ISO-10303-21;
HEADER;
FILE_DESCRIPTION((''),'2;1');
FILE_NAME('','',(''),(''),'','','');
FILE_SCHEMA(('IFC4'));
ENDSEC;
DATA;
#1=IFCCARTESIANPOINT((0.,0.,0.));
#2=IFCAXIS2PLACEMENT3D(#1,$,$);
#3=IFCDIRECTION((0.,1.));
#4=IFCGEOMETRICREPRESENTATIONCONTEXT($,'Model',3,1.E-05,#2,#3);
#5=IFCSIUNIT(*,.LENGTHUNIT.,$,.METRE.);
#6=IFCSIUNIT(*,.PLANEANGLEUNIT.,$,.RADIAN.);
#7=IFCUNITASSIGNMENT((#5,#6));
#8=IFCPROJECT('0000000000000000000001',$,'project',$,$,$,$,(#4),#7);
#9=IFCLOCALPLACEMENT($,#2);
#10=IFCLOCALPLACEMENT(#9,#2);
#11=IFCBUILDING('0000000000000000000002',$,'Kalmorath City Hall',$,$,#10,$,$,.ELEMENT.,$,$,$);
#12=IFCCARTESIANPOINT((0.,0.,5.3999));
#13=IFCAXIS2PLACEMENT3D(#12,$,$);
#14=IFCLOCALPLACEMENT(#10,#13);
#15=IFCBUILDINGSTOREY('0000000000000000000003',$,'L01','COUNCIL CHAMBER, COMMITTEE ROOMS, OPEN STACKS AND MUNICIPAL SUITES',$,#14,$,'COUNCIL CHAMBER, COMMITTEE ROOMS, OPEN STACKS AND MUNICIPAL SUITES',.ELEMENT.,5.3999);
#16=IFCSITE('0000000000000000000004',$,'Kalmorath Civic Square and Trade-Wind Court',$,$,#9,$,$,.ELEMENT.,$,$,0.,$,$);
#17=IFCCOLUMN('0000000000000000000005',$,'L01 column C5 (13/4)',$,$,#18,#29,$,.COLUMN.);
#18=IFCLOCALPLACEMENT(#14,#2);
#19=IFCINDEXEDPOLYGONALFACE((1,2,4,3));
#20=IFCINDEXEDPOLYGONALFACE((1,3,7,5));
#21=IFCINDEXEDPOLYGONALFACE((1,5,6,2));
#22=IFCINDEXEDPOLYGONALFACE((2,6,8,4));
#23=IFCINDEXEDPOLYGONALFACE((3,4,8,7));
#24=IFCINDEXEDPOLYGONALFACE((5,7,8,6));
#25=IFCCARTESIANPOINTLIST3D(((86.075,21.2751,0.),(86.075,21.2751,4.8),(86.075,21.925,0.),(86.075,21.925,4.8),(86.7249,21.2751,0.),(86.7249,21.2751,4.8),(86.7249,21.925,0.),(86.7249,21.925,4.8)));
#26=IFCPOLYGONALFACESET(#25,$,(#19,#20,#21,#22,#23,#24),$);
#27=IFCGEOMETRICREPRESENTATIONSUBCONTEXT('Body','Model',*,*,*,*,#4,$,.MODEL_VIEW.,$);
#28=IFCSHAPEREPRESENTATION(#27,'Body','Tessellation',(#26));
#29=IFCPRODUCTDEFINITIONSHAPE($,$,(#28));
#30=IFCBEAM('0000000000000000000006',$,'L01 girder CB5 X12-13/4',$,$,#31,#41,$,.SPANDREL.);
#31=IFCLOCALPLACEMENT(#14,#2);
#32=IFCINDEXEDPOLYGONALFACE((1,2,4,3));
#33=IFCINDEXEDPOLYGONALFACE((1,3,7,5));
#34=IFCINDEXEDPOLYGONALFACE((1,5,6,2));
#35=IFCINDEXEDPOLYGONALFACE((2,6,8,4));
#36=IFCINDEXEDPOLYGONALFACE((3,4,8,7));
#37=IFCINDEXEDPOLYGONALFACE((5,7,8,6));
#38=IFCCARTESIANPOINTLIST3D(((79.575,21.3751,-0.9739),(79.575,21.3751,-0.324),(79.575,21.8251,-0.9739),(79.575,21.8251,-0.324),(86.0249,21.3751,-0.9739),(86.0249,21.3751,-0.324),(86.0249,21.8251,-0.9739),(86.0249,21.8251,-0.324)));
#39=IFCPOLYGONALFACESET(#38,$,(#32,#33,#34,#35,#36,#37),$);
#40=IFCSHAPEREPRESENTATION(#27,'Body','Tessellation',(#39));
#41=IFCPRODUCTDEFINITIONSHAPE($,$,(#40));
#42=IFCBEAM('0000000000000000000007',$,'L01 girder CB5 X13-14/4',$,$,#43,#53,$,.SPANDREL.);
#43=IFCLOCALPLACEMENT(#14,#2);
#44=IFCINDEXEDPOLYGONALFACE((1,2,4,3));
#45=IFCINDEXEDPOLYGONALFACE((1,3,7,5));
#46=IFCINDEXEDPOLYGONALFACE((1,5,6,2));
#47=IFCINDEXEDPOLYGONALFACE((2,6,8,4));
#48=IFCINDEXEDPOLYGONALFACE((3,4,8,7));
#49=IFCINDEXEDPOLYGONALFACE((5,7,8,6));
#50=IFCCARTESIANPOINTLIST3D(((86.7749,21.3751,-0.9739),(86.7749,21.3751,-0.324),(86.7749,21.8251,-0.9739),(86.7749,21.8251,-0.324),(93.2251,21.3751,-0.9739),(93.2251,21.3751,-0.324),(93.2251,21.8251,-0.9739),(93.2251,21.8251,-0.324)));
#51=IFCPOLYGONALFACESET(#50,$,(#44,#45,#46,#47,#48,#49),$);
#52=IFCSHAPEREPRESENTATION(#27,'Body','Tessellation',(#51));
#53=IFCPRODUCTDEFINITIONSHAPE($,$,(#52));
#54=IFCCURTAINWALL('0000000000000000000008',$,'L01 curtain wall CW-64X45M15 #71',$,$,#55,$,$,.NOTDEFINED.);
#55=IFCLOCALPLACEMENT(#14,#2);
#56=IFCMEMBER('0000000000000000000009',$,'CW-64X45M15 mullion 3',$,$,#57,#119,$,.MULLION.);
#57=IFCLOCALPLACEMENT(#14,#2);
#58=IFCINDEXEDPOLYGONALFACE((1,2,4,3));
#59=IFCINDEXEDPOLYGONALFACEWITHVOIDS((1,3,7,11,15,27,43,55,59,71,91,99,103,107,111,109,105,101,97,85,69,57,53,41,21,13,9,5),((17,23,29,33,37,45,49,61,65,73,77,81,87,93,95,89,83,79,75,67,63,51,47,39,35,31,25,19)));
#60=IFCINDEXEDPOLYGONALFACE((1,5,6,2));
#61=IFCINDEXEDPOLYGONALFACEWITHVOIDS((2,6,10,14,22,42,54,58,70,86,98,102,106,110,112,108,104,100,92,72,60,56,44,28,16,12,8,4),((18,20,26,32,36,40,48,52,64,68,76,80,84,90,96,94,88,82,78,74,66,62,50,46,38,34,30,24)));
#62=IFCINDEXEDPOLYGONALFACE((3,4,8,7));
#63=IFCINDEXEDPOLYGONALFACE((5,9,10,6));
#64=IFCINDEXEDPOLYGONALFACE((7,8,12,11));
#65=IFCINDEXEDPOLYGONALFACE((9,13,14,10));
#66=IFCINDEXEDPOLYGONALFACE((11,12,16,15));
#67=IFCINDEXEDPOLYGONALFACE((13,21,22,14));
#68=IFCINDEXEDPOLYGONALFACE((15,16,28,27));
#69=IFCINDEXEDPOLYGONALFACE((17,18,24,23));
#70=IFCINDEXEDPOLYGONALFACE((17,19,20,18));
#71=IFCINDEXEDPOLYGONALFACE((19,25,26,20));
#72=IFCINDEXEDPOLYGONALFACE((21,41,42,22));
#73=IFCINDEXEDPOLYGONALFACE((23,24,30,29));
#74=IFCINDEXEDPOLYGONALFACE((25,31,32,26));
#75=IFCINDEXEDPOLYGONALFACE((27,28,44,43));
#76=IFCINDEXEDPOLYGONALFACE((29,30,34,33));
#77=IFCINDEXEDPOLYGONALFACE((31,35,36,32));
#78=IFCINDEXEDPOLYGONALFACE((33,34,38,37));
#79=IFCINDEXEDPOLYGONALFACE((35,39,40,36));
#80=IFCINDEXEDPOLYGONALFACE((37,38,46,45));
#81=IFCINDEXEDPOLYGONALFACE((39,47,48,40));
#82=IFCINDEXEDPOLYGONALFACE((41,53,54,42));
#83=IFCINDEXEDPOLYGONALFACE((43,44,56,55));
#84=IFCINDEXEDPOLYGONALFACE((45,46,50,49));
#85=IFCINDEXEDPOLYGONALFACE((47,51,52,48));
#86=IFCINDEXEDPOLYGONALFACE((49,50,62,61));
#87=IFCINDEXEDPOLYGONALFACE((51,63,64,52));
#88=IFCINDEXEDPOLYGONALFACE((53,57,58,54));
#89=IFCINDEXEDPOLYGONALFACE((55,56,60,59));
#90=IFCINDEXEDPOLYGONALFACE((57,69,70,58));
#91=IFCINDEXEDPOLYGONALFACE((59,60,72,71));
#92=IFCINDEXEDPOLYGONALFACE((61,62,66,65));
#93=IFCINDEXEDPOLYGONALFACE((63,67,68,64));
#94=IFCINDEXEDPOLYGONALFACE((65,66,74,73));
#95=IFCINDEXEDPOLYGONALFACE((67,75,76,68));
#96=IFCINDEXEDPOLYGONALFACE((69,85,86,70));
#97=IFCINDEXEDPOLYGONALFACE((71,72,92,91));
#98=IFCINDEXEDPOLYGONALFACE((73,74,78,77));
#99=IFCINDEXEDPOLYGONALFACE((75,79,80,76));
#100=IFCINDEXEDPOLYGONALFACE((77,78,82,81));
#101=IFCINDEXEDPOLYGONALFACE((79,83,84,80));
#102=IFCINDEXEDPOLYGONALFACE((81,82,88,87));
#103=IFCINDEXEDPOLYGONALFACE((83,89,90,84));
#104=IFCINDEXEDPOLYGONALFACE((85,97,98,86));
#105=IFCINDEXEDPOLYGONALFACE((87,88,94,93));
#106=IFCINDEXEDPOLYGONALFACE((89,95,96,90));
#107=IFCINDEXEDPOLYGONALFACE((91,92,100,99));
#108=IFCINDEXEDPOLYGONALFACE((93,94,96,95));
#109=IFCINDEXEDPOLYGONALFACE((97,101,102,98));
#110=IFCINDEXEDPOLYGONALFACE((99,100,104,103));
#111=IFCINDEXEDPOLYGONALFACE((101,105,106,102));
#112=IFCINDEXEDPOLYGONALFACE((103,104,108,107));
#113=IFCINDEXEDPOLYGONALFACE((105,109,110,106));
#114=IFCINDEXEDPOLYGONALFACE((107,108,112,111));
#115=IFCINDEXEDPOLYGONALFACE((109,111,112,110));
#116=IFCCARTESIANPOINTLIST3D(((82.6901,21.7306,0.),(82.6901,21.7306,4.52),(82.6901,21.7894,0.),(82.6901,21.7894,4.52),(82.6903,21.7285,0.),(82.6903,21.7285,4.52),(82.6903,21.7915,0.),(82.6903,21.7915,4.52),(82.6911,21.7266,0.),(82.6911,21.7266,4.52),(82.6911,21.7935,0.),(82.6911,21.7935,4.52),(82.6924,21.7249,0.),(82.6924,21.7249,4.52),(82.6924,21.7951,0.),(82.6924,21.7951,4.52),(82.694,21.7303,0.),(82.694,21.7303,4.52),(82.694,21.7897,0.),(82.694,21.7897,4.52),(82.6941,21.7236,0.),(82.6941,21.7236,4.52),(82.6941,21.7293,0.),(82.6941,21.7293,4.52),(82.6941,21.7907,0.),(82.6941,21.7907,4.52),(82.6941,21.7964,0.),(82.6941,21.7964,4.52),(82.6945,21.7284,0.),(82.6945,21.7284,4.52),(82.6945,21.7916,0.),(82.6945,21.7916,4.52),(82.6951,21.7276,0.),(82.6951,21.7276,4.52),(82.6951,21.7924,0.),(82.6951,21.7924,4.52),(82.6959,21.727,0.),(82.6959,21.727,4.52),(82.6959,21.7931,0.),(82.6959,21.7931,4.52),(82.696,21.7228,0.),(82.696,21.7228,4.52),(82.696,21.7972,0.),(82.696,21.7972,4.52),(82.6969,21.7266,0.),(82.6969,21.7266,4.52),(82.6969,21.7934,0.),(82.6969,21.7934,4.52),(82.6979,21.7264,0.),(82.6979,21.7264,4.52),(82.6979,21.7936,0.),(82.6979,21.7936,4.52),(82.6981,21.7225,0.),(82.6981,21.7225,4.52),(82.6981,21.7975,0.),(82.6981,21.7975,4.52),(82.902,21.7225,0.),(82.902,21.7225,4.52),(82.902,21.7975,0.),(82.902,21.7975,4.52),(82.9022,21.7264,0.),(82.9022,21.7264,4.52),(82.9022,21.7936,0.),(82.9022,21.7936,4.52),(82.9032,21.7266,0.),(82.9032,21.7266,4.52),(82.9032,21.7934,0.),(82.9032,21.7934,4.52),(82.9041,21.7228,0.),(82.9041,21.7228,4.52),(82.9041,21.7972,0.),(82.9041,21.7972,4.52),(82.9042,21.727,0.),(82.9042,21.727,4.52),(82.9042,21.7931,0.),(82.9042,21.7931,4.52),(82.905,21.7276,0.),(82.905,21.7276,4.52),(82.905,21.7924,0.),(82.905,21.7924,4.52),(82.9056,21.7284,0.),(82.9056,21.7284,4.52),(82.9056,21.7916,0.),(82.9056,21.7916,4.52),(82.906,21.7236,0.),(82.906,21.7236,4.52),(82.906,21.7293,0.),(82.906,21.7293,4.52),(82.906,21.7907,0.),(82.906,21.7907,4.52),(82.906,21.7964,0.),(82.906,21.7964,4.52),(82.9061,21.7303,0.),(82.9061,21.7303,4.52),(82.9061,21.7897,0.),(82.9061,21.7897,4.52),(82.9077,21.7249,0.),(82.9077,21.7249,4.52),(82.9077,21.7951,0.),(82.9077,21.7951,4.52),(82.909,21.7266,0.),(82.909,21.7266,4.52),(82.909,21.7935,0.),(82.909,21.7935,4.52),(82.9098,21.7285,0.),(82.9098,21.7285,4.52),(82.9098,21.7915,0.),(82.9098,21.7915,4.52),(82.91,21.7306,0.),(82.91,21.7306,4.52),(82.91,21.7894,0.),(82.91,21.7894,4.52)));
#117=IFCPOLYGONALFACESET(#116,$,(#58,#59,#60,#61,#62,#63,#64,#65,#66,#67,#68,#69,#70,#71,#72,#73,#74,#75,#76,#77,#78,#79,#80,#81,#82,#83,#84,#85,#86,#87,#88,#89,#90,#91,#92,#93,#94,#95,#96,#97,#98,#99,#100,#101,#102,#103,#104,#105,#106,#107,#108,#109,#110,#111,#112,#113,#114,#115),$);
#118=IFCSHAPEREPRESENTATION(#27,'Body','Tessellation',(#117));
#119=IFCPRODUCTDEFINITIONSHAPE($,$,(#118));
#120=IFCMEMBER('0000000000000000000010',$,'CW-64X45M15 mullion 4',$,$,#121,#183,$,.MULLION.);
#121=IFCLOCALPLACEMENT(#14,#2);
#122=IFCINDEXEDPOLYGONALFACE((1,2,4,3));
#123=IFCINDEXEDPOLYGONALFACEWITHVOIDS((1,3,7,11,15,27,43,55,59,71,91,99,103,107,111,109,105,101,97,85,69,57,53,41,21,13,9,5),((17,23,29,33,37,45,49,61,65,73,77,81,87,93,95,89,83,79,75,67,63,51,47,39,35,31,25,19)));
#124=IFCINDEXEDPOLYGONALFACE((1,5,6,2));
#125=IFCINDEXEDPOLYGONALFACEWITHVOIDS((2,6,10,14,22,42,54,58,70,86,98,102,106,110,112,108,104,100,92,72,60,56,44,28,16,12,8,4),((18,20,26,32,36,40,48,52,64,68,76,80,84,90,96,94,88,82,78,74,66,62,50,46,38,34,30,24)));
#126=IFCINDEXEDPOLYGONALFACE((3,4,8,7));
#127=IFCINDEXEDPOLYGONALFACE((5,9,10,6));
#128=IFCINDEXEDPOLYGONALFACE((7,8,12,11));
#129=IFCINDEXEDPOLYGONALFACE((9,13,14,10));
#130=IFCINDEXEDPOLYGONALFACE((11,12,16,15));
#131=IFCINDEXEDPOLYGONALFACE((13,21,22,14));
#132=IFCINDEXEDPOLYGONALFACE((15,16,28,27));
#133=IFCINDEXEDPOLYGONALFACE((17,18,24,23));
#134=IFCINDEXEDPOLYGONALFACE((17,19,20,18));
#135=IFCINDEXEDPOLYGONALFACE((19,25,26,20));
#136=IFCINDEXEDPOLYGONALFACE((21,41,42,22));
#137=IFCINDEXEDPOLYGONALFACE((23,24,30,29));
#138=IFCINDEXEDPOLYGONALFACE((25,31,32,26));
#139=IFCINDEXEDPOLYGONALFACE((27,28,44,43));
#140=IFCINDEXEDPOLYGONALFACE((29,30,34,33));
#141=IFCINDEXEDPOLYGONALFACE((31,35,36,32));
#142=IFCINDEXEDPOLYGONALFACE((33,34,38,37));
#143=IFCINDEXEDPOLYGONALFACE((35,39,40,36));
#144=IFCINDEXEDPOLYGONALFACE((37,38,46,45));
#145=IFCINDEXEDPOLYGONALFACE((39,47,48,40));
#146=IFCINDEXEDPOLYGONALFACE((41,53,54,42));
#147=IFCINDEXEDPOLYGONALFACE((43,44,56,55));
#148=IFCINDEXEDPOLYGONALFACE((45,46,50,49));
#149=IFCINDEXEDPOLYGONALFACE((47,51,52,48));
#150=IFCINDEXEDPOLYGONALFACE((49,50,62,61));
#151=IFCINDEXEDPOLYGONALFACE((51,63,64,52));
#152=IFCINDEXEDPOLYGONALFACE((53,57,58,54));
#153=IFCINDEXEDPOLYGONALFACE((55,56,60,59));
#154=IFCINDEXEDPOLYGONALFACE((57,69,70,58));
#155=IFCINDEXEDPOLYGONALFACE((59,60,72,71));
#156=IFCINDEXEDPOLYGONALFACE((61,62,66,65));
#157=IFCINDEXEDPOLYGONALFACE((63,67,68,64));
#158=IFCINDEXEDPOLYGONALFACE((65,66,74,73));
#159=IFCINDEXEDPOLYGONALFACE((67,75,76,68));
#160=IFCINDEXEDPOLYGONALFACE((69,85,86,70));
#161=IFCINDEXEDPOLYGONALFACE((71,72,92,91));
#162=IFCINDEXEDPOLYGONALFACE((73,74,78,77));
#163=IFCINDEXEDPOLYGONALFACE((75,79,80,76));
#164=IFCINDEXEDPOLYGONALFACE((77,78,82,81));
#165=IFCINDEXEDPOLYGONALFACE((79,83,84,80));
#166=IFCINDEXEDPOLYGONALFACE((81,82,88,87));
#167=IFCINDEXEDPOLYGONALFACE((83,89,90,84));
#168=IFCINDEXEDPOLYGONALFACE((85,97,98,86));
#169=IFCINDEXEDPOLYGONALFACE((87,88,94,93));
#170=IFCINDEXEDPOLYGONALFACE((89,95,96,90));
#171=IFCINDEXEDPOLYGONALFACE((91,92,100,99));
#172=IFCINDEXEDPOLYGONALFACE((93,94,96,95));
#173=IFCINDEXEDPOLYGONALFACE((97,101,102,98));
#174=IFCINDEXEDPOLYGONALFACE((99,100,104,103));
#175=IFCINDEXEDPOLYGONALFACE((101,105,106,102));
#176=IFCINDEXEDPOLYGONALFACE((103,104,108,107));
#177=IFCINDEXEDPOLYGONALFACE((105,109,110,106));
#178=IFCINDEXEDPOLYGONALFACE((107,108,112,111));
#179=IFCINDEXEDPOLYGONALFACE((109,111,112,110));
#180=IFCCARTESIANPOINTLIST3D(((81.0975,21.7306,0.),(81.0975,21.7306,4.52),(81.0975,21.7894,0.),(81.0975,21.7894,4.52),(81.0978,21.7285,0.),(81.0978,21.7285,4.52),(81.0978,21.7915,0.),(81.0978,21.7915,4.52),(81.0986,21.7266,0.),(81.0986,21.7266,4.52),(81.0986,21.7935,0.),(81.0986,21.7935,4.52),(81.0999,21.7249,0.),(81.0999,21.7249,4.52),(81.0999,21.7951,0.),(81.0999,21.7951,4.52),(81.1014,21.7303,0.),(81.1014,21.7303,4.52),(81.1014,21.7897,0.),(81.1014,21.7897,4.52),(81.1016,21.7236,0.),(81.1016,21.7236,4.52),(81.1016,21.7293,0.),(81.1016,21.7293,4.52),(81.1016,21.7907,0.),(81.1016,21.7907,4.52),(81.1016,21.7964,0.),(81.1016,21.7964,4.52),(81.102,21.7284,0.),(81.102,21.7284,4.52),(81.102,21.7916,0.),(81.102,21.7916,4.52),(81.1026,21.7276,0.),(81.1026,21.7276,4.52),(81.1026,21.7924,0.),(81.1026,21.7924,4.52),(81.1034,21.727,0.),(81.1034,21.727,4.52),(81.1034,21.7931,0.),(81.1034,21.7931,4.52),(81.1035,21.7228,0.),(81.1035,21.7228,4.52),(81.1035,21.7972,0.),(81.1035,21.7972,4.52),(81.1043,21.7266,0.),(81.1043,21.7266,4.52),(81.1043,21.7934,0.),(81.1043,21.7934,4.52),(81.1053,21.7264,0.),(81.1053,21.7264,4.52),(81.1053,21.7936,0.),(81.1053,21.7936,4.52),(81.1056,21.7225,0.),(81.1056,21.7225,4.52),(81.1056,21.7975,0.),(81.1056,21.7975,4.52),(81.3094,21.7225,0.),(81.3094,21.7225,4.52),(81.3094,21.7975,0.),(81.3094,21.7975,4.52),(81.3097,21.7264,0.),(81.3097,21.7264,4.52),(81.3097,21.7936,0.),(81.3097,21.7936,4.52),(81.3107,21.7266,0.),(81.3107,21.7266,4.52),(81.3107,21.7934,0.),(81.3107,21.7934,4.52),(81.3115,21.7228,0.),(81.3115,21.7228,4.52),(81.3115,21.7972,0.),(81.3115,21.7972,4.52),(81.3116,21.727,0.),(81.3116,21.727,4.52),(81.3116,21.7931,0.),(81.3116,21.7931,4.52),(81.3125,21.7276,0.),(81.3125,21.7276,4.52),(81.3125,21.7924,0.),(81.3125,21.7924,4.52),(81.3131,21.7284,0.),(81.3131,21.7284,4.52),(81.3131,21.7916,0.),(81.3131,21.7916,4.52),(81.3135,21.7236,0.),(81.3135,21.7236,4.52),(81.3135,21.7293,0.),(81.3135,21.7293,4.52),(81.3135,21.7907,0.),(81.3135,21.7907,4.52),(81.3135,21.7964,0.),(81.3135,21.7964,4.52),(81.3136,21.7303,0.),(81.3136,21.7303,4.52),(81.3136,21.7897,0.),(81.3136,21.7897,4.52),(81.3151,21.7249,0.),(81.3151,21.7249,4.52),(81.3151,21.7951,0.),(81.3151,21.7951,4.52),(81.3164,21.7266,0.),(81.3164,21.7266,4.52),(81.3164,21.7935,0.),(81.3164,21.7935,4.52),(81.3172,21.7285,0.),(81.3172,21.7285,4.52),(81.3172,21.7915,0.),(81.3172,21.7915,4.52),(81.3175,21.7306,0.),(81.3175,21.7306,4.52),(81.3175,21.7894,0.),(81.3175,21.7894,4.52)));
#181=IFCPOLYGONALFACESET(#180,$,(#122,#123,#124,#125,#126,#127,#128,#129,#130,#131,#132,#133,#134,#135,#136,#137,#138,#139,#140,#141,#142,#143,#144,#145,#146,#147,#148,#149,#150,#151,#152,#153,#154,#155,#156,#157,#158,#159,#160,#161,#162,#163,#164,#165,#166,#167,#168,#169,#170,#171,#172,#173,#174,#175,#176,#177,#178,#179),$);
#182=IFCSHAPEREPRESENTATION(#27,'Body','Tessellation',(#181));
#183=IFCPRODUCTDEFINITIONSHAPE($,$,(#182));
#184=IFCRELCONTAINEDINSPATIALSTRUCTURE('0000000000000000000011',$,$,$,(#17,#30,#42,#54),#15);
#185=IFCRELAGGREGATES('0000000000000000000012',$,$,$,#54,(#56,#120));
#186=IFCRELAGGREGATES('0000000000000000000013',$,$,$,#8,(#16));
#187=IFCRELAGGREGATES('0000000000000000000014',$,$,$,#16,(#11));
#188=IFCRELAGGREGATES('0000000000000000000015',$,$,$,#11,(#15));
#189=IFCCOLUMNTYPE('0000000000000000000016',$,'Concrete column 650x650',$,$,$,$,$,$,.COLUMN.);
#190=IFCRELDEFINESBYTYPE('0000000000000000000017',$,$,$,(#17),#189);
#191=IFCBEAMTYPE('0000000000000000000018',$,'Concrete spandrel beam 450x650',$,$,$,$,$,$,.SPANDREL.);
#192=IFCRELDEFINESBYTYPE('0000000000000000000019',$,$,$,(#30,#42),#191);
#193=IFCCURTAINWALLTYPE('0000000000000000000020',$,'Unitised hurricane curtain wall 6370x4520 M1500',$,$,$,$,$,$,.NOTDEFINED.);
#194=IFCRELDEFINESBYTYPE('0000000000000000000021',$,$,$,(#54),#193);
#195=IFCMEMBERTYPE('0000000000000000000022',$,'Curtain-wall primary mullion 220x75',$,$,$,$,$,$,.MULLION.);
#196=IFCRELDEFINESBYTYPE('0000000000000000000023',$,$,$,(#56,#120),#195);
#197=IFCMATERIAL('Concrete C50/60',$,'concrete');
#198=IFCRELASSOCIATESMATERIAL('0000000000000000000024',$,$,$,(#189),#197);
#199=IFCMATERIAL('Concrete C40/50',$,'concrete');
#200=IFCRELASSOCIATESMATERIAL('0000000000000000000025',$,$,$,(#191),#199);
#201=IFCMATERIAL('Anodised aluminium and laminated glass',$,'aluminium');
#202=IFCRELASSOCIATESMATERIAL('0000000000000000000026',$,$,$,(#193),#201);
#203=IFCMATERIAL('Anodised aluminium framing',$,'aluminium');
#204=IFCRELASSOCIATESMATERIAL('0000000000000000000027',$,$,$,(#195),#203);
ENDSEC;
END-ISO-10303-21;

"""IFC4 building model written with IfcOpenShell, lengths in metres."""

from ifc_helpers import new_model, si_unit, direction, frame, origin, origin_2d, place, context, subcontext, project, spatial, rectangle, hollow_rectangle, extrude, material, material_profile, profile_set, type_object, element, aggregate, save


model = new_model("IFC4")

# Units and contexts
model_context = context("Model", 3, precision=1e-05, world=origin(), true_north=direction((0.0, 1.0)))
body_context = subcontext(model_context, "Body", "Model", "MODEL_VIEW")
ifc_project = project(units=[si_unit("LENGTHUNIT", "METRE"), si_unit("PLANEANGLEUNIT", "RADIAN")], contexts=[model_context])

# Site, building, storey
site_placement = place(None, origin())
site = spatial("IfcSite", under=ifc_project, at=site_placement, Name="Kalmorath Civic Square and Trade-Wind Court", CompositionType="ELEMENT", RefElevation=0.0)
building_placement = place(site_placement, origin())
building = spatial("IfcBuilding", under=site, at=building_placement, Name="Kalmorath City Hall", CompositionType="ELEMENT")
storey_placement = place(building_placement, frame((0.0, 0.0, 5.3999)))
storey = spatial("IfcBuildingStorey", under=building, at=storey_placement, Name="L01", Description="COUNCIL CHAMBER, COMMITTEE ROOMS, OPEN STACKS AND MUNICIPAL SUITES", LongName="COUNCIL CHAMBER, COMMITTEE ROOMS, OPEN STACKS AND MUNICIPAL SUITES", CompositionType="ELEMENT", Elevation=5.3999)

# Column
ifc_material_1 = material(Name="Concrete C50/60", Category="concrete")
ifc_material_profile_1 = material_profile(ifc_material_1, rectangle(XDim=0.6499, YDim=0.6499, at=origin_2d()), Name="RC-COL-650X650")
ifc_profile_set_1 = profile_set([ifc_material_profile_1], Name="Concrete C50/60")
column_type = type_object("IfcColumnType", Name="Concrete column 650x650", PredefinedType="COLUMN", material=ifc_profile_set_1)
column_placement = place(storey_placement, frame((86.3999, 21.6001, 0.0), z_axis=(0.0, 0.0, 1.0), x_axis=(1.0, 0.0, 0.0)))
element("IfcColumn", 1, at=column_placement, inside=storey, type_object=column_type, Name="L01 column C5 (13/4)", PredefinedType="COLUMN", context=body_context, shape_type="SweptSolid", body=[
    extrude(rectangle(XDim=0.6499, YDim=0.6499, at=origin_2d()), origin(), (0.0, 0.0, 1.0), 4.8),
])

# Beams
ifc_material_2 = material(Name="Concrete C40/50", Category="concrete")
ifc_material_profile_2 = material_profile(ifc_material_2, rectangle(XDim=0.45, YDim=0.6499, at=origin_2d()), Name="RC-BM-450X650")
ifc_profile_set_2 = profile_set([ifc_material_profile_2], Name="Concrete C40/50")
beam_type_1 = type_object("IfcBeamType", Name="Concrete spandrel beam 450x650", PredefinedType="SPANDREL", material=ifc_profile_set_2)
beam_1_placement = place(storey_placement, frame((79.575, 21.6001, -0.6489), z_axis=(1.0, 0.0, 0.0), x_axis=(0.0, 1.0, 0.0)))
element("IfcBeam", 2, at=beam_1_placement, inside=storey, type_object=beam_type_1, Name="L01 girder CB5 X12-13/4", PredefinedType="SPANDREL", context=body_context, shape_type="SweptSolid", body=[
    extrude(rectangle(XDim=0.45, YDim=0.6499, at=origin_2d()), origin(), (0.0, 0.0, 1.0), 6.45),
])
beam_2_placement = place(storey_placement, frame((86.7749, 21.6001, -0.6489), z_axis=(1.0, 0.0, 0.0), x_axis=(0.0, 1.0, 0.0)))
element("IfcBeam", 3, at=beam_2_placement, inside=storey, type_object=beam_type_1, Name="L01 girder CB5 X13-14/4", PredefinedType="SPANDREL", context=body_context, shape_type="SweptSolid", body=[
    extrude(rectangle(XDim=0.45, YDim=0.6499, at=origin_2d()), origin(), (0.0, 0.0, 1.0), 6.4502),
])

# Curtain wall, members
ifc_material_3 = material(Name="Anodised aluminium and laminated glass", Category="aluminium")
curtain_wall_type = type_object("IfcCurtainWallType", Name="Unitised hurricane curtain wall 6370x4520 M1500", PredefinedType="NOTDEFINED", material=ifc_material_3)
curtain_wall_placement = place(storey_placement, origin())
curtain_wall = element("IfcCurtainWall", 4, at=curtain_wall_placement, inside=storey, type_object=curtain_wall_type, Name="L01 curtain wall CW-64X45M15 #71", PredefinedType="NOTDEFINED")
ifc_material_4 = material(Name="Anodised aluminium framing", Category="aluminium")
ifc_material_profile_3 = material_profile(ifc_material_4, hollow_rectangle(XDim=0.075, YDim=0.22, WallThickness=0.0039, InnerFilletRadius=0.0039, OuterFilletRadius=0.0081, at=origin_2d()), Name="ALU-MUL-220X75X4")
ifc_profile_set_3 = profile_set([ifc_material_profile_3], Name="Anodised aluminium framing")
member_type_1 = type_object("IfcMemberType", Name="Curtain-wall primary mullion 220x75", PredefinedType="MULLION", material=ifc_profile_set_3)
member_1_placement = place(storey_placement, frame((82.8, 21.76, 0.0), z_axis=(0.0, 0.0, 1.0), x_axis=(0.0, -1.0, 0.0)))
member_1 = element("IfcMember", 5, at=member_1_placement, type_object=member_type_1, Name="CW-64X45M15 mullion 3", PredefinedType="MULLION", context=body_context, shape_type="SweptSolid", body=[
    extrude(hollow_rectangle(XDim=0.075, YDim=0.22, WallThickness=0.0039, InnerFilletRadius=0.0039, OuterFilletRadius=0.0081, at=origin_2d()), origin(), (0.0, 0.0, 1.0), 4.52),
])
member_2_placement = place(storey_placement, frame((81.2075, 21.76, 0.0), z_axis=(0.0, 0.0, 1.0), x_axis=(0.0, -1.0, 0.0)))
member_2 = element("IfcMember", 6, at=member_2_placement, type_object=member_type_1, Name="CW-64X45M15 mullion 4", PredefinedType="MULLION", context=body_context, shape_type="SweptSolid", body=[
    extrude(hollow_rectangle(XDim=0.075, YDim=0.22, WallThickness=0.0039, InnerFilletRadius=0.0039, OuterFilletRadius=0.0081, at=origin_2d()), origin(), (0.0, 0.0, 1.0), 4.52),
])

aggregate(curtain_wall, [member_1, member_2])

save(model, "model.ifc")
